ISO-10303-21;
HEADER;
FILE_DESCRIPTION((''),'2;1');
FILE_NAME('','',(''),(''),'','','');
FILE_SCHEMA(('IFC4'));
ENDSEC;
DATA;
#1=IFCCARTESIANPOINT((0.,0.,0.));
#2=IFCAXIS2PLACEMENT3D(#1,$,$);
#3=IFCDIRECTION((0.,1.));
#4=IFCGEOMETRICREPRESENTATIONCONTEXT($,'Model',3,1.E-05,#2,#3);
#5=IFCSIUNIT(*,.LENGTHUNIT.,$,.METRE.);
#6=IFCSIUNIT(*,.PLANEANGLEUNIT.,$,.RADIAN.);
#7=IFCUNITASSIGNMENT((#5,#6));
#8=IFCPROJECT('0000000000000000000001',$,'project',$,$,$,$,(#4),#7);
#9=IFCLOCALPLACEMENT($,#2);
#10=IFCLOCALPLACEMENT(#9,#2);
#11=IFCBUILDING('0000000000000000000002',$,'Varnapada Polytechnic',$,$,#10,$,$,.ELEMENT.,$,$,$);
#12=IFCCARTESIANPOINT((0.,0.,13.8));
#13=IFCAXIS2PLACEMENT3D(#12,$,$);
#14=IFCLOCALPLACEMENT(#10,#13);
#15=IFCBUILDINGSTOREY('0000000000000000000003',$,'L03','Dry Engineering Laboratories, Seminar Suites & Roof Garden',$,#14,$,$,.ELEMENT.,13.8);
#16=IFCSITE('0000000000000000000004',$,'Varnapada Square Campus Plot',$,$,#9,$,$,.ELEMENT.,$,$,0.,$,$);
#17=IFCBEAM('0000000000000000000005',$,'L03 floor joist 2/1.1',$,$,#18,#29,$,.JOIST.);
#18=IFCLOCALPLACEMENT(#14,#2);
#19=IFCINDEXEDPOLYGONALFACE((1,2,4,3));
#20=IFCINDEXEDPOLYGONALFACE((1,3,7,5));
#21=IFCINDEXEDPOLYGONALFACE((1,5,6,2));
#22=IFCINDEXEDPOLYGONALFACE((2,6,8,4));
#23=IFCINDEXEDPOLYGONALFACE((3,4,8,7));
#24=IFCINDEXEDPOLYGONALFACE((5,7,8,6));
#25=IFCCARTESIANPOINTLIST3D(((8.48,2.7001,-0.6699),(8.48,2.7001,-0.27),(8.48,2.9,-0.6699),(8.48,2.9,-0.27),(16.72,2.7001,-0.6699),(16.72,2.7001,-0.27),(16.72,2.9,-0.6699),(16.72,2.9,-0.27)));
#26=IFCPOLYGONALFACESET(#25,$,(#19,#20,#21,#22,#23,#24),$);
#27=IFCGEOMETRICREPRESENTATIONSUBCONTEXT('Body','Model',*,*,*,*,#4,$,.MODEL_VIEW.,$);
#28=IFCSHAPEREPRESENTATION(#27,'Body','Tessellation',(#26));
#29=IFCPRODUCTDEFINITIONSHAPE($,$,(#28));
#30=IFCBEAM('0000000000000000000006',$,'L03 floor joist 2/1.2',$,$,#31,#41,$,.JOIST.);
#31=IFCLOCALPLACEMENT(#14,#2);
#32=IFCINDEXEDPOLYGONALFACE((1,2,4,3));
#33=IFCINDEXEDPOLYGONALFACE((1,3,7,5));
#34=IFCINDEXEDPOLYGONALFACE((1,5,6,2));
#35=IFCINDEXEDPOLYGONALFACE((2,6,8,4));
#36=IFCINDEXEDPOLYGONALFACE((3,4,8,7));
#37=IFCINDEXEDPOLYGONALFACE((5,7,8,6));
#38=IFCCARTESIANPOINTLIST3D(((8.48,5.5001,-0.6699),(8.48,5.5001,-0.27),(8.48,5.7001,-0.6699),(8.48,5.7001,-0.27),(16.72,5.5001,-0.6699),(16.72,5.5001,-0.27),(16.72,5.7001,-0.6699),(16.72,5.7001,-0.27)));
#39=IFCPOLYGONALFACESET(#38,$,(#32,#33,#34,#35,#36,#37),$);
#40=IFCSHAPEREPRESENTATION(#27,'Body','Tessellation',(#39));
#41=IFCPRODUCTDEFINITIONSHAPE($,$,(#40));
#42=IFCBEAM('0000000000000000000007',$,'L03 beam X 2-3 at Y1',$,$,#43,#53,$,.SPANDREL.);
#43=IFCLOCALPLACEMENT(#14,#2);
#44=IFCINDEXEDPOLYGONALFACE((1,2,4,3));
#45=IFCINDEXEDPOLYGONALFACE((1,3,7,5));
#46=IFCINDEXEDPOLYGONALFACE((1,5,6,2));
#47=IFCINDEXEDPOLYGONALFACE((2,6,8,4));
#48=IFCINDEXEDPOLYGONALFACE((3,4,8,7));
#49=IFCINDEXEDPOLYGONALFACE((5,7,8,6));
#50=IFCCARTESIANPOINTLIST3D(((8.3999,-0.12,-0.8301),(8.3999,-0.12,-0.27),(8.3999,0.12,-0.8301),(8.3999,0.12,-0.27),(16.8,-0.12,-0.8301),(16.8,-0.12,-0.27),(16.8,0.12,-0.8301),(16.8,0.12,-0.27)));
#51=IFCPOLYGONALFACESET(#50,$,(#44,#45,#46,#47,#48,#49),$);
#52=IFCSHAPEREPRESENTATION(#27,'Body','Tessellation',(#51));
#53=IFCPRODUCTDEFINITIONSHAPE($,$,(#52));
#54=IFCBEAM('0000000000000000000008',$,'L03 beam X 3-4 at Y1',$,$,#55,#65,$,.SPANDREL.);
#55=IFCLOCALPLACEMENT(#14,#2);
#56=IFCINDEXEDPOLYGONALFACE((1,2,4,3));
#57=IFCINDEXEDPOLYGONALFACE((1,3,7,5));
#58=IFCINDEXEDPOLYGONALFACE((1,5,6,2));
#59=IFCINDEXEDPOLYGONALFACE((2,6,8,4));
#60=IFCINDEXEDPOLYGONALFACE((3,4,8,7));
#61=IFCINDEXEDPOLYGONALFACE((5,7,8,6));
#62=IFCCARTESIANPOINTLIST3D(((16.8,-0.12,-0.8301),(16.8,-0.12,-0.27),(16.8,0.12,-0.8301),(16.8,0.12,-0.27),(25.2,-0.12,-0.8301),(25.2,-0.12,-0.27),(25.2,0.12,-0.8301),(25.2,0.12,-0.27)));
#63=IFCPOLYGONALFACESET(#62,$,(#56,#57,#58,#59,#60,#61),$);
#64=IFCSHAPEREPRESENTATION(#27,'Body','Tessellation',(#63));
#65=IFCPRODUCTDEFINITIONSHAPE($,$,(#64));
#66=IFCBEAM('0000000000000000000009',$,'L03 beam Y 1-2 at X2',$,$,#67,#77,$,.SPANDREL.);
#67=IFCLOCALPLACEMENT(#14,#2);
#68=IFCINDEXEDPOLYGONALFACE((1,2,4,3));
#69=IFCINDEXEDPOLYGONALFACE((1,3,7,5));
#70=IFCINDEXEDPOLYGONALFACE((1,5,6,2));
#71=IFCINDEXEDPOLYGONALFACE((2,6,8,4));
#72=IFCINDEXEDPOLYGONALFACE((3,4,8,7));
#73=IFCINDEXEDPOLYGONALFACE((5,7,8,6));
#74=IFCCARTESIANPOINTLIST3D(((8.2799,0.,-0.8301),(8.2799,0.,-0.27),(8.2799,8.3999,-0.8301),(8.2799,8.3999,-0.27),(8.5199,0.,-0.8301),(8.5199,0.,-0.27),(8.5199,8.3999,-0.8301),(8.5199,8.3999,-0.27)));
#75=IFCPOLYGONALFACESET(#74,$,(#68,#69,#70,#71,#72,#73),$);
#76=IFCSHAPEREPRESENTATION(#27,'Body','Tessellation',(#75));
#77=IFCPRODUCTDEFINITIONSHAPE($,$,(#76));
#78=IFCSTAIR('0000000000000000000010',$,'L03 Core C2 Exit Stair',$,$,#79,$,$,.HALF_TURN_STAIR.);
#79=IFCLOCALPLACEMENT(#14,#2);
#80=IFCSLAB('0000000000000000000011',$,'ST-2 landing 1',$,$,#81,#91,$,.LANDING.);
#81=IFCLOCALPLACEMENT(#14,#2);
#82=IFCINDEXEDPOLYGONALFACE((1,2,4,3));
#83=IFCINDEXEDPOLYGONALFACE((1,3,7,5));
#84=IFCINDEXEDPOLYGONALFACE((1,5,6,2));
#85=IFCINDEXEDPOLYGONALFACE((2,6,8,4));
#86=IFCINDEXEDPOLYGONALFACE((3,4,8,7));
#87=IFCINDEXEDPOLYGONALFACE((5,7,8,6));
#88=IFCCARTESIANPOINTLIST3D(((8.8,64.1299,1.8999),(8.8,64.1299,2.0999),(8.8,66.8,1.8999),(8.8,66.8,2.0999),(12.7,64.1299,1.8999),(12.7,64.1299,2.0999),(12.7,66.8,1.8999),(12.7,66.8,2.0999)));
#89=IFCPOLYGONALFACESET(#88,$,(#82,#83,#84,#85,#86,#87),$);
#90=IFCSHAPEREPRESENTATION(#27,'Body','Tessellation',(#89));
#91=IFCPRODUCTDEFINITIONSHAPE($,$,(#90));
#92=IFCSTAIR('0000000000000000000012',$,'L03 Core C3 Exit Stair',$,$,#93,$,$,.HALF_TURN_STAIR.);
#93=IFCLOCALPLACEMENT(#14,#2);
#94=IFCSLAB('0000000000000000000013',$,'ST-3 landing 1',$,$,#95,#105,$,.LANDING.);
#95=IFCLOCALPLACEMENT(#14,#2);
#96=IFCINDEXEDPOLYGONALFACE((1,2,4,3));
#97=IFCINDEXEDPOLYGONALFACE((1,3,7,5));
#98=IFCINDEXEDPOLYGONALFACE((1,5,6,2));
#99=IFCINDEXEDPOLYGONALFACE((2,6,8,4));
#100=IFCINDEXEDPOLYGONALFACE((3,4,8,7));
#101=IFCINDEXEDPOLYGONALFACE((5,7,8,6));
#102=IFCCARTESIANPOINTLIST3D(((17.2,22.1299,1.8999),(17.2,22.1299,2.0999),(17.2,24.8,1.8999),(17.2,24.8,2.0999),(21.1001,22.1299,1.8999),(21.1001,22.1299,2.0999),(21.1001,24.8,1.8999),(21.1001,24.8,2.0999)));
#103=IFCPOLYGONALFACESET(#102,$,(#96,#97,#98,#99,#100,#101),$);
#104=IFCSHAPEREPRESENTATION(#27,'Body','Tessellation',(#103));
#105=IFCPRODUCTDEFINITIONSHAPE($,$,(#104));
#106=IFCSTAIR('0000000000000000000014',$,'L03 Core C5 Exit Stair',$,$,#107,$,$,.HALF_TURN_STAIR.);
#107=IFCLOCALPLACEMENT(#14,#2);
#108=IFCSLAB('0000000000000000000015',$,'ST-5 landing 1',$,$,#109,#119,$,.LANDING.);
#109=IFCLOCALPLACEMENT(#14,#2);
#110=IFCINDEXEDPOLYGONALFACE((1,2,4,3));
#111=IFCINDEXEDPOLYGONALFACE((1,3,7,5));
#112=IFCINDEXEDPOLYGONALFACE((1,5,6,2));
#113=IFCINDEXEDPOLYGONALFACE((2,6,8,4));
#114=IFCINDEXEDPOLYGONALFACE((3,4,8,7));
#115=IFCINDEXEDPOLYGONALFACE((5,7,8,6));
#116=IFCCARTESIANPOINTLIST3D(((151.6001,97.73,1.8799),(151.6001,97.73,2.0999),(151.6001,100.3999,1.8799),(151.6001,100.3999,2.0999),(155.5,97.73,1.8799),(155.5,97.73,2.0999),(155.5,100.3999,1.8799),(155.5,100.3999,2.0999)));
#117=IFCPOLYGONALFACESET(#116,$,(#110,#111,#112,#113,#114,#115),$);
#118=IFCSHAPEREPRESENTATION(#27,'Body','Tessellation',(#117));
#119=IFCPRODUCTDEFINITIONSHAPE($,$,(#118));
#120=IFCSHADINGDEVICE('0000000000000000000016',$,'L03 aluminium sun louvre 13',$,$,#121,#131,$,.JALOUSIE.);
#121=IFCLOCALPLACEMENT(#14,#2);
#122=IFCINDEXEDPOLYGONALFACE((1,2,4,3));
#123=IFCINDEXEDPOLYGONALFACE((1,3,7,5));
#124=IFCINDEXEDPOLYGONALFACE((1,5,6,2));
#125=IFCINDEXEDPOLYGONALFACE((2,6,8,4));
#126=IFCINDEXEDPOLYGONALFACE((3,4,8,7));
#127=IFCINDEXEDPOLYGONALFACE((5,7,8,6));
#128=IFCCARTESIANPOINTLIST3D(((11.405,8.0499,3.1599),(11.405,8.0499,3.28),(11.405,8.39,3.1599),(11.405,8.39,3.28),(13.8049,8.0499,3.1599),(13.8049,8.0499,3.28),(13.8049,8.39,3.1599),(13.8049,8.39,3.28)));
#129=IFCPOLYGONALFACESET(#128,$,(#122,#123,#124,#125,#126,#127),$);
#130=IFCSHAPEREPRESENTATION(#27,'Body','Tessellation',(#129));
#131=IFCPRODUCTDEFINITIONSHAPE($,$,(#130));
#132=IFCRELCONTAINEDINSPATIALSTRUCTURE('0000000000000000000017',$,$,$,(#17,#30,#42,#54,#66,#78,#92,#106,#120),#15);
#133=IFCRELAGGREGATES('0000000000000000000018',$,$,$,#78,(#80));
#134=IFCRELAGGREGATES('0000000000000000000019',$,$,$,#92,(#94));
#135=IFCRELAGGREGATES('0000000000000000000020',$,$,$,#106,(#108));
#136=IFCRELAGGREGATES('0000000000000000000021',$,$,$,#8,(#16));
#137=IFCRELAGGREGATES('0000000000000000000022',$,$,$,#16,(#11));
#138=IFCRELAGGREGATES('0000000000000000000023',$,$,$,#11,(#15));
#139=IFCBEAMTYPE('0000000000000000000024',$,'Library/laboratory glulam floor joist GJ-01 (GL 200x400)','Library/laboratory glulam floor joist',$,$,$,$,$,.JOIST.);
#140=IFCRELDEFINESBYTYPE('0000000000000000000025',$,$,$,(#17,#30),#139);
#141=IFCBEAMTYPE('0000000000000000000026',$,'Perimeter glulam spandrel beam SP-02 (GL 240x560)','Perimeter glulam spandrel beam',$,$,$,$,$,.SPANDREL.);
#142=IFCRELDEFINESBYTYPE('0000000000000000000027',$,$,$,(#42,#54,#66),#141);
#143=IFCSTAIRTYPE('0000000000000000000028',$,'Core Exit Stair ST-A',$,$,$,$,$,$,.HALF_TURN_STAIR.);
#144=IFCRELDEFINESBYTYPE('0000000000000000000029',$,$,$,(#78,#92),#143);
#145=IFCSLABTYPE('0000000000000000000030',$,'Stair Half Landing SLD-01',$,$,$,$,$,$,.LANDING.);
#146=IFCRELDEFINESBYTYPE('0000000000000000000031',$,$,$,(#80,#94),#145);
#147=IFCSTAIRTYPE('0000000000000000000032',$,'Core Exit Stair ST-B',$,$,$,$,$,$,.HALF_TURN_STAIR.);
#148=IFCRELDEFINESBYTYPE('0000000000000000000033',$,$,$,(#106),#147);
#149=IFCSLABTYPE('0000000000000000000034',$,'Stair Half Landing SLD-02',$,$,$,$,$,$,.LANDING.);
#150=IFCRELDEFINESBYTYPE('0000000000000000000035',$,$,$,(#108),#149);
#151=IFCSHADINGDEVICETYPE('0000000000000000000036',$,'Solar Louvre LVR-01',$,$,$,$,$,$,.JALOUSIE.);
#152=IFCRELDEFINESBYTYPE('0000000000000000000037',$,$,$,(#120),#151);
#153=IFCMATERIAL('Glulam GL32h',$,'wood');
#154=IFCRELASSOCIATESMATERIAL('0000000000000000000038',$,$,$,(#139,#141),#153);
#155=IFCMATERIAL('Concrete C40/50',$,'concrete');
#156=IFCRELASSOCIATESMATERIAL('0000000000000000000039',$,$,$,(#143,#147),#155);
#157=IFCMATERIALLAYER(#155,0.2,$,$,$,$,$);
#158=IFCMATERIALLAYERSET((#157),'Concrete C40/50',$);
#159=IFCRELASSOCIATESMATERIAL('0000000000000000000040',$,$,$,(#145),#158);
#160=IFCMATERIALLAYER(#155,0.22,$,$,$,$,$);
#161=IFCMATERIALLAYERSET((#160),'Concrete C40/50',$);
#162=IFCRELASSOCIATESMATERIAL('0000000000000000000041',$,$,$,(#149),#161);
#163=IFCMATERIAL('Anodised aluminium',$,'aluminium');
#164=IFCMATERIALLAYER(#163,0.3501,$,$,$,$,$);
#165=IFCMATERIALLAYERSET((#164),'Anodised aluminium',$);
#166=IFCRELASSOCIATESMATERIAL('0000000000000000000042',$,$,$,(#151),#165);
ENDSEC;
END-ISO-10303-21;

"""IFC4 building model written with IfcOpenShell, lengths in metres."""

from ifc_helpers import new_model, si_unit, direction, frame, origin, origin_2d, place, context, subcontext, project, spatial, polyline, rectangle, outline, extrude, material, layer, layer_set, material_profile, profile_set, type_object, element, aggregate, save


model = new_model("IFC4")

# Units and contexts
model_context = context("Model", 3, precision=1e-05, world=origin(), true_north=direction((0.0, 1.0)))
body_context = subcontext(model_context, "Body", "Model", "MODEL_VIEW")
ifc_project = project(units=[si_unit("LENGTHUNIT", "METRE"), si_unit("PLANEANGLEUNIT", "RADIAN")], contexts=[model_context])

# Site, building, storey
site_placement = place(None, origin())
site = spatial("IfcSite", under=ifc_project, at=site_placement, Name="Varnapada Square Campus Plot", CompositionType="ELEMENT", RefElevation=0.0)
building_placement = place(site_placement, origin())
building = spatial("IfcBuilding", under=site, at=building_placement, Name="Varnapada Polytechnic", CompositionType="ELEMENT")
storey_placement = place(building_placement, frame((0.0, 0.0, 13.8)))
storey = spatial("IfcBuildingStorey", under=building, at=storey_placement, Name="L03", Description="Dry Engineering Laboratories, Seminar Suites & Roof Garden", CompositionType="ELEMENT", Elevation=13.8)

# Beams
ifc_material_1 = material(Name="Glulam GL32h", Category="wood")
ifc_material_profile_1 = material_profile(ifc_material_1, rectangle(XDim=0.2, YDim=0.3999, at=origin_2d()), Name="GL 200x400")
ifc_profile_set_1 = profile_set([ifc_material_profile_1], Name="Glulam GL32h")
beam_type_1 = type_object("IfcBeamType", Name="Library/laboratory glulam floor joist GJ-01 (GL 200x400)", Description="Library/laboratory glulam floor joist", PredefinedType="JOIST", material=ifc_profile_set_1)
for number, where, z_axis, x_axis, name in (
    (1, (8.48, 2.8, -0.47), (1.0, 0.0, 0.0), (0.0, 1.0, 0.0), "L03 floor joist 2/1.1"),
    (2, (8.48, 5.6001, -0.47), (1.0, 0.0, 0.0), (0.0, 1.0, 0.0), "L03 floor joist 2/1.2"),
):
    element("IfcBeam", number, at=place(storey_placement, frame(where, z_axis=z_axis, x_axis=x_axis)), inside=storey, type_object=beam_type_1, Name=name, PredefinedType="JOIST", context=body_context, shape_type="SweptSolid", body=[
        extrude(rectangle(XDim=0.2, YDim=0.3999, at=origin_2d()), origin(), (0.0, 0.0, 1.0), 8.24),
    ])
ifc_material_profile_2 = material_profile(ifc_material_1, rectangle(XDim=0.24, YDim=0.5601, at=origin_2d()), Name="GL 240x560")
ifc_profile_set_2 = profile_set([ifc_material_profile_2], Name="Glulam GL32h")
beam_type_2 = type_object("IfcBeamType", Name="Perimeter glulam spandrel beam SP-02 (GL 240x560)", Description="Perimeter glulam spandrel beam", PredefinedType="SPANDREL", material=ifc_profile_set_2)
beam_placement = place(storey_placement, frame((8.3999, 0.0, -0.55), z_axis=(1.0, 0.0, 0.0), x_axis=(0.0, 1.0, 0.0)))
element("IfcBeam", 3, at=beam_placement, inside=storey, type_object=beam_type_2, Name="L03 beam X 2-3 at Y1", PredefinedType="SPANDREL", context=body_context, shape_type="SweptSolid", body=[
    extrude(rectangle(XDim=0.24, YDim=0.5601, at=origin_2d()), origin(), (0.0, 0.0, 1.0), 8.4001),
])
for number, where, z_axis, x_axis, name in (
    (4, (16.8, 0.0, -0.55), (1.0, 0.0, 0.0), (0.0, 1.0, 0.0), "L03 beam X 3-4 at Y1"),
    (5, (8.3999, 0.0, -0.55), (0.0, 1.0, 0.0), (-1.0, 0.0, 0.0), "L03 beam Y 1-2 at X2"),
):
    element("IfcBeam", number, at=place(storey_placement, frame(where, z_axis=z_axis, x_axis=x_axis)), inside=storey, type_object=beam_type_2, Name=name, PredefinedType="SPANDREL", context=body_context, shape_type="SweptSolid", body=[
        extrude(rectangle(XDim=0.24, YDim=0.5601, at=origin_2d()), origin(), (0.0, 0.0, 1.0), 8.3999),
    ])

# Stairs, slabs
ifc_material_2 = material(Name="Concrete C40/50", Category="concrete")
stair_type_1 = type_object("IfcStairType", Name="Core Exit Stair ST-A", PredefinedType="HALF_TURN_STAIR", material=ifc_material_2)
stair_1_placement = place(storey_placement, origin())
stair_1 = element("IfcStair", 6, at=stair_1_placement, inside=storey, type_object=stair_type_1, Name="L03 Core C2 Exit Stair", PredefinedType="HALF_TURN_STAIR")
ifc_layer_1 = layer(ifc_material_2, 0.2)
ifc_layer_set_1 = layer_set([ifc_layer_1], Name="Concrete C40/50")
slab_type_1 = type_object("IfcSlabType", Name="Stair Half Landing SLD-01", PredefinedType="LANDING", material=ifc_layer_set_1)
slab_1_placement = place(storey_placement, frame((0.0, 0.0, 1.8999)))
slab_1 = element("IfcSlab", 7, at=slab_1_placement, type_object=slab_type_1, Name="ST-2 landing 1", PredefinedType="LANDING", context=body_context, shape_type="SweptSolid", body=[
    extrude(outline(polyline([(12.7, 64.1299), (12.7, 66.8), (8.8, 66.8), (8.8, 64.1299), (12.7, 64.1299)])), origin(), (0.0, 0.0, 1.0), 0.2),
])
aggregate(stair_1, [slab_1])
stair_2_placement = place(storey_placement, origin())
stair_2 = element("IfcStair", 8, at=stair_2_placement, inside=storey, type_object=stair_type_1, Name="L03 Core C3 Exit Stair", PredefinedType="HALF_TURN_STAIR")
slab_2_placement = place(storey_placement, frame((0.0, 0.0, 1.8999)))
slab_2 = element("IfcSlab", 9, at=slab_2_placement, type_object=slab_type_1, Name="ST-3 landing 1", PredefinedType="LANDING", context=body_context, shape_type="SweptSolid", body=[
    extrude(outline(polyline([(21.1001, 22.1299), (21.1001, 24.8), (17.2, 24.8), (17.2, 22.1299), (21.1001, 22.1299)])), origin(), (0.0, 0.0, 1.0), 0.2),
])
aggregate(stair_2, [slab_2])
stair_type_2 = type_object("IfcStairType", Name="Core Exit Stair ST-B", PredefinedType="HALF_TURN_STAIR", material=ifc_material_2)
stair_3_placement = place(storey_placement, origin())
stair_3 = element("IfcStair", 10, at=stair_3_placement, inside=storey, type_object=stair_type_2, Name="L03 Core C5 Exit Stair", PredefinedType="HALF_TURN_STAIR")
ifc_layer_2 = layer(ifc_material_2, 0.22)
ifc_layer_set_2 = layer_set([ifc_layer_2], Name="Concrete C40/50")
slab_type_2 = type_object("IfcSlabType", Name="Stair Half Landing SLD-02", PredefinedType="LANDING", material=ifc_layer_set_2)
slab_3_placement = place(storey_placement, frame((0.0, 0.0, 1.8799)))
slab_3 = element("IfcSlab", 11, at=slab_3_placement, type_object=slab_type_2, Name="ST-5 landing 1", PredefinedType="LANDING", context=body_context, shape_type="SweptSolid", body=[
    extrude(outline(polyline([(155.5, 97.73), (155.5, 100.3999), (151.6001, 100.3999), (151.6001, 97.73), (155.5, 97.73)])), origin(), (0.0, 0.0, 1.0), 0.22),
])
aggregate(stair_3, [slab_3])

# Shading device
ifc_material_3 = material(Name="Anodised aluminium", Category="aluminium")
ifc_layer_3 = layer(ifc_material_3, 0.3501)
ifc_layer_set_3 = layer_set([ifc_layer_3], Name="Anodised aluminium")
shading_device_type_1 = type_object("IfcShadingDeviceType", Name="Solar Louvre LVR-01", PredefinedType="JALOUSIE", material=ifc_layer_set_3)
shading_device_1_placement = place(storey_placement, frame((12.605, 8.22, 3.1599), z_axis=(0.0, 0.0, 1.0), x_axis=(-1.0, 0.0, 0.0)))
element("IfcShadingDevice", 12, at=shading_device_1_placement, inside=storey, type_object=shading_device_type_1, Name="L03 aluminium sun louvre 13", PredefinedType="JALOUSIE", context=body_context, shape_type="SweptSolid", body=[
    extrude(rectangle(XDim=2.3999, YDim=0.3401, at=origin_2d()), origin(), (0.0, 0.0, 1.0), 0.1201),
])

save(model, "model.ifc")
